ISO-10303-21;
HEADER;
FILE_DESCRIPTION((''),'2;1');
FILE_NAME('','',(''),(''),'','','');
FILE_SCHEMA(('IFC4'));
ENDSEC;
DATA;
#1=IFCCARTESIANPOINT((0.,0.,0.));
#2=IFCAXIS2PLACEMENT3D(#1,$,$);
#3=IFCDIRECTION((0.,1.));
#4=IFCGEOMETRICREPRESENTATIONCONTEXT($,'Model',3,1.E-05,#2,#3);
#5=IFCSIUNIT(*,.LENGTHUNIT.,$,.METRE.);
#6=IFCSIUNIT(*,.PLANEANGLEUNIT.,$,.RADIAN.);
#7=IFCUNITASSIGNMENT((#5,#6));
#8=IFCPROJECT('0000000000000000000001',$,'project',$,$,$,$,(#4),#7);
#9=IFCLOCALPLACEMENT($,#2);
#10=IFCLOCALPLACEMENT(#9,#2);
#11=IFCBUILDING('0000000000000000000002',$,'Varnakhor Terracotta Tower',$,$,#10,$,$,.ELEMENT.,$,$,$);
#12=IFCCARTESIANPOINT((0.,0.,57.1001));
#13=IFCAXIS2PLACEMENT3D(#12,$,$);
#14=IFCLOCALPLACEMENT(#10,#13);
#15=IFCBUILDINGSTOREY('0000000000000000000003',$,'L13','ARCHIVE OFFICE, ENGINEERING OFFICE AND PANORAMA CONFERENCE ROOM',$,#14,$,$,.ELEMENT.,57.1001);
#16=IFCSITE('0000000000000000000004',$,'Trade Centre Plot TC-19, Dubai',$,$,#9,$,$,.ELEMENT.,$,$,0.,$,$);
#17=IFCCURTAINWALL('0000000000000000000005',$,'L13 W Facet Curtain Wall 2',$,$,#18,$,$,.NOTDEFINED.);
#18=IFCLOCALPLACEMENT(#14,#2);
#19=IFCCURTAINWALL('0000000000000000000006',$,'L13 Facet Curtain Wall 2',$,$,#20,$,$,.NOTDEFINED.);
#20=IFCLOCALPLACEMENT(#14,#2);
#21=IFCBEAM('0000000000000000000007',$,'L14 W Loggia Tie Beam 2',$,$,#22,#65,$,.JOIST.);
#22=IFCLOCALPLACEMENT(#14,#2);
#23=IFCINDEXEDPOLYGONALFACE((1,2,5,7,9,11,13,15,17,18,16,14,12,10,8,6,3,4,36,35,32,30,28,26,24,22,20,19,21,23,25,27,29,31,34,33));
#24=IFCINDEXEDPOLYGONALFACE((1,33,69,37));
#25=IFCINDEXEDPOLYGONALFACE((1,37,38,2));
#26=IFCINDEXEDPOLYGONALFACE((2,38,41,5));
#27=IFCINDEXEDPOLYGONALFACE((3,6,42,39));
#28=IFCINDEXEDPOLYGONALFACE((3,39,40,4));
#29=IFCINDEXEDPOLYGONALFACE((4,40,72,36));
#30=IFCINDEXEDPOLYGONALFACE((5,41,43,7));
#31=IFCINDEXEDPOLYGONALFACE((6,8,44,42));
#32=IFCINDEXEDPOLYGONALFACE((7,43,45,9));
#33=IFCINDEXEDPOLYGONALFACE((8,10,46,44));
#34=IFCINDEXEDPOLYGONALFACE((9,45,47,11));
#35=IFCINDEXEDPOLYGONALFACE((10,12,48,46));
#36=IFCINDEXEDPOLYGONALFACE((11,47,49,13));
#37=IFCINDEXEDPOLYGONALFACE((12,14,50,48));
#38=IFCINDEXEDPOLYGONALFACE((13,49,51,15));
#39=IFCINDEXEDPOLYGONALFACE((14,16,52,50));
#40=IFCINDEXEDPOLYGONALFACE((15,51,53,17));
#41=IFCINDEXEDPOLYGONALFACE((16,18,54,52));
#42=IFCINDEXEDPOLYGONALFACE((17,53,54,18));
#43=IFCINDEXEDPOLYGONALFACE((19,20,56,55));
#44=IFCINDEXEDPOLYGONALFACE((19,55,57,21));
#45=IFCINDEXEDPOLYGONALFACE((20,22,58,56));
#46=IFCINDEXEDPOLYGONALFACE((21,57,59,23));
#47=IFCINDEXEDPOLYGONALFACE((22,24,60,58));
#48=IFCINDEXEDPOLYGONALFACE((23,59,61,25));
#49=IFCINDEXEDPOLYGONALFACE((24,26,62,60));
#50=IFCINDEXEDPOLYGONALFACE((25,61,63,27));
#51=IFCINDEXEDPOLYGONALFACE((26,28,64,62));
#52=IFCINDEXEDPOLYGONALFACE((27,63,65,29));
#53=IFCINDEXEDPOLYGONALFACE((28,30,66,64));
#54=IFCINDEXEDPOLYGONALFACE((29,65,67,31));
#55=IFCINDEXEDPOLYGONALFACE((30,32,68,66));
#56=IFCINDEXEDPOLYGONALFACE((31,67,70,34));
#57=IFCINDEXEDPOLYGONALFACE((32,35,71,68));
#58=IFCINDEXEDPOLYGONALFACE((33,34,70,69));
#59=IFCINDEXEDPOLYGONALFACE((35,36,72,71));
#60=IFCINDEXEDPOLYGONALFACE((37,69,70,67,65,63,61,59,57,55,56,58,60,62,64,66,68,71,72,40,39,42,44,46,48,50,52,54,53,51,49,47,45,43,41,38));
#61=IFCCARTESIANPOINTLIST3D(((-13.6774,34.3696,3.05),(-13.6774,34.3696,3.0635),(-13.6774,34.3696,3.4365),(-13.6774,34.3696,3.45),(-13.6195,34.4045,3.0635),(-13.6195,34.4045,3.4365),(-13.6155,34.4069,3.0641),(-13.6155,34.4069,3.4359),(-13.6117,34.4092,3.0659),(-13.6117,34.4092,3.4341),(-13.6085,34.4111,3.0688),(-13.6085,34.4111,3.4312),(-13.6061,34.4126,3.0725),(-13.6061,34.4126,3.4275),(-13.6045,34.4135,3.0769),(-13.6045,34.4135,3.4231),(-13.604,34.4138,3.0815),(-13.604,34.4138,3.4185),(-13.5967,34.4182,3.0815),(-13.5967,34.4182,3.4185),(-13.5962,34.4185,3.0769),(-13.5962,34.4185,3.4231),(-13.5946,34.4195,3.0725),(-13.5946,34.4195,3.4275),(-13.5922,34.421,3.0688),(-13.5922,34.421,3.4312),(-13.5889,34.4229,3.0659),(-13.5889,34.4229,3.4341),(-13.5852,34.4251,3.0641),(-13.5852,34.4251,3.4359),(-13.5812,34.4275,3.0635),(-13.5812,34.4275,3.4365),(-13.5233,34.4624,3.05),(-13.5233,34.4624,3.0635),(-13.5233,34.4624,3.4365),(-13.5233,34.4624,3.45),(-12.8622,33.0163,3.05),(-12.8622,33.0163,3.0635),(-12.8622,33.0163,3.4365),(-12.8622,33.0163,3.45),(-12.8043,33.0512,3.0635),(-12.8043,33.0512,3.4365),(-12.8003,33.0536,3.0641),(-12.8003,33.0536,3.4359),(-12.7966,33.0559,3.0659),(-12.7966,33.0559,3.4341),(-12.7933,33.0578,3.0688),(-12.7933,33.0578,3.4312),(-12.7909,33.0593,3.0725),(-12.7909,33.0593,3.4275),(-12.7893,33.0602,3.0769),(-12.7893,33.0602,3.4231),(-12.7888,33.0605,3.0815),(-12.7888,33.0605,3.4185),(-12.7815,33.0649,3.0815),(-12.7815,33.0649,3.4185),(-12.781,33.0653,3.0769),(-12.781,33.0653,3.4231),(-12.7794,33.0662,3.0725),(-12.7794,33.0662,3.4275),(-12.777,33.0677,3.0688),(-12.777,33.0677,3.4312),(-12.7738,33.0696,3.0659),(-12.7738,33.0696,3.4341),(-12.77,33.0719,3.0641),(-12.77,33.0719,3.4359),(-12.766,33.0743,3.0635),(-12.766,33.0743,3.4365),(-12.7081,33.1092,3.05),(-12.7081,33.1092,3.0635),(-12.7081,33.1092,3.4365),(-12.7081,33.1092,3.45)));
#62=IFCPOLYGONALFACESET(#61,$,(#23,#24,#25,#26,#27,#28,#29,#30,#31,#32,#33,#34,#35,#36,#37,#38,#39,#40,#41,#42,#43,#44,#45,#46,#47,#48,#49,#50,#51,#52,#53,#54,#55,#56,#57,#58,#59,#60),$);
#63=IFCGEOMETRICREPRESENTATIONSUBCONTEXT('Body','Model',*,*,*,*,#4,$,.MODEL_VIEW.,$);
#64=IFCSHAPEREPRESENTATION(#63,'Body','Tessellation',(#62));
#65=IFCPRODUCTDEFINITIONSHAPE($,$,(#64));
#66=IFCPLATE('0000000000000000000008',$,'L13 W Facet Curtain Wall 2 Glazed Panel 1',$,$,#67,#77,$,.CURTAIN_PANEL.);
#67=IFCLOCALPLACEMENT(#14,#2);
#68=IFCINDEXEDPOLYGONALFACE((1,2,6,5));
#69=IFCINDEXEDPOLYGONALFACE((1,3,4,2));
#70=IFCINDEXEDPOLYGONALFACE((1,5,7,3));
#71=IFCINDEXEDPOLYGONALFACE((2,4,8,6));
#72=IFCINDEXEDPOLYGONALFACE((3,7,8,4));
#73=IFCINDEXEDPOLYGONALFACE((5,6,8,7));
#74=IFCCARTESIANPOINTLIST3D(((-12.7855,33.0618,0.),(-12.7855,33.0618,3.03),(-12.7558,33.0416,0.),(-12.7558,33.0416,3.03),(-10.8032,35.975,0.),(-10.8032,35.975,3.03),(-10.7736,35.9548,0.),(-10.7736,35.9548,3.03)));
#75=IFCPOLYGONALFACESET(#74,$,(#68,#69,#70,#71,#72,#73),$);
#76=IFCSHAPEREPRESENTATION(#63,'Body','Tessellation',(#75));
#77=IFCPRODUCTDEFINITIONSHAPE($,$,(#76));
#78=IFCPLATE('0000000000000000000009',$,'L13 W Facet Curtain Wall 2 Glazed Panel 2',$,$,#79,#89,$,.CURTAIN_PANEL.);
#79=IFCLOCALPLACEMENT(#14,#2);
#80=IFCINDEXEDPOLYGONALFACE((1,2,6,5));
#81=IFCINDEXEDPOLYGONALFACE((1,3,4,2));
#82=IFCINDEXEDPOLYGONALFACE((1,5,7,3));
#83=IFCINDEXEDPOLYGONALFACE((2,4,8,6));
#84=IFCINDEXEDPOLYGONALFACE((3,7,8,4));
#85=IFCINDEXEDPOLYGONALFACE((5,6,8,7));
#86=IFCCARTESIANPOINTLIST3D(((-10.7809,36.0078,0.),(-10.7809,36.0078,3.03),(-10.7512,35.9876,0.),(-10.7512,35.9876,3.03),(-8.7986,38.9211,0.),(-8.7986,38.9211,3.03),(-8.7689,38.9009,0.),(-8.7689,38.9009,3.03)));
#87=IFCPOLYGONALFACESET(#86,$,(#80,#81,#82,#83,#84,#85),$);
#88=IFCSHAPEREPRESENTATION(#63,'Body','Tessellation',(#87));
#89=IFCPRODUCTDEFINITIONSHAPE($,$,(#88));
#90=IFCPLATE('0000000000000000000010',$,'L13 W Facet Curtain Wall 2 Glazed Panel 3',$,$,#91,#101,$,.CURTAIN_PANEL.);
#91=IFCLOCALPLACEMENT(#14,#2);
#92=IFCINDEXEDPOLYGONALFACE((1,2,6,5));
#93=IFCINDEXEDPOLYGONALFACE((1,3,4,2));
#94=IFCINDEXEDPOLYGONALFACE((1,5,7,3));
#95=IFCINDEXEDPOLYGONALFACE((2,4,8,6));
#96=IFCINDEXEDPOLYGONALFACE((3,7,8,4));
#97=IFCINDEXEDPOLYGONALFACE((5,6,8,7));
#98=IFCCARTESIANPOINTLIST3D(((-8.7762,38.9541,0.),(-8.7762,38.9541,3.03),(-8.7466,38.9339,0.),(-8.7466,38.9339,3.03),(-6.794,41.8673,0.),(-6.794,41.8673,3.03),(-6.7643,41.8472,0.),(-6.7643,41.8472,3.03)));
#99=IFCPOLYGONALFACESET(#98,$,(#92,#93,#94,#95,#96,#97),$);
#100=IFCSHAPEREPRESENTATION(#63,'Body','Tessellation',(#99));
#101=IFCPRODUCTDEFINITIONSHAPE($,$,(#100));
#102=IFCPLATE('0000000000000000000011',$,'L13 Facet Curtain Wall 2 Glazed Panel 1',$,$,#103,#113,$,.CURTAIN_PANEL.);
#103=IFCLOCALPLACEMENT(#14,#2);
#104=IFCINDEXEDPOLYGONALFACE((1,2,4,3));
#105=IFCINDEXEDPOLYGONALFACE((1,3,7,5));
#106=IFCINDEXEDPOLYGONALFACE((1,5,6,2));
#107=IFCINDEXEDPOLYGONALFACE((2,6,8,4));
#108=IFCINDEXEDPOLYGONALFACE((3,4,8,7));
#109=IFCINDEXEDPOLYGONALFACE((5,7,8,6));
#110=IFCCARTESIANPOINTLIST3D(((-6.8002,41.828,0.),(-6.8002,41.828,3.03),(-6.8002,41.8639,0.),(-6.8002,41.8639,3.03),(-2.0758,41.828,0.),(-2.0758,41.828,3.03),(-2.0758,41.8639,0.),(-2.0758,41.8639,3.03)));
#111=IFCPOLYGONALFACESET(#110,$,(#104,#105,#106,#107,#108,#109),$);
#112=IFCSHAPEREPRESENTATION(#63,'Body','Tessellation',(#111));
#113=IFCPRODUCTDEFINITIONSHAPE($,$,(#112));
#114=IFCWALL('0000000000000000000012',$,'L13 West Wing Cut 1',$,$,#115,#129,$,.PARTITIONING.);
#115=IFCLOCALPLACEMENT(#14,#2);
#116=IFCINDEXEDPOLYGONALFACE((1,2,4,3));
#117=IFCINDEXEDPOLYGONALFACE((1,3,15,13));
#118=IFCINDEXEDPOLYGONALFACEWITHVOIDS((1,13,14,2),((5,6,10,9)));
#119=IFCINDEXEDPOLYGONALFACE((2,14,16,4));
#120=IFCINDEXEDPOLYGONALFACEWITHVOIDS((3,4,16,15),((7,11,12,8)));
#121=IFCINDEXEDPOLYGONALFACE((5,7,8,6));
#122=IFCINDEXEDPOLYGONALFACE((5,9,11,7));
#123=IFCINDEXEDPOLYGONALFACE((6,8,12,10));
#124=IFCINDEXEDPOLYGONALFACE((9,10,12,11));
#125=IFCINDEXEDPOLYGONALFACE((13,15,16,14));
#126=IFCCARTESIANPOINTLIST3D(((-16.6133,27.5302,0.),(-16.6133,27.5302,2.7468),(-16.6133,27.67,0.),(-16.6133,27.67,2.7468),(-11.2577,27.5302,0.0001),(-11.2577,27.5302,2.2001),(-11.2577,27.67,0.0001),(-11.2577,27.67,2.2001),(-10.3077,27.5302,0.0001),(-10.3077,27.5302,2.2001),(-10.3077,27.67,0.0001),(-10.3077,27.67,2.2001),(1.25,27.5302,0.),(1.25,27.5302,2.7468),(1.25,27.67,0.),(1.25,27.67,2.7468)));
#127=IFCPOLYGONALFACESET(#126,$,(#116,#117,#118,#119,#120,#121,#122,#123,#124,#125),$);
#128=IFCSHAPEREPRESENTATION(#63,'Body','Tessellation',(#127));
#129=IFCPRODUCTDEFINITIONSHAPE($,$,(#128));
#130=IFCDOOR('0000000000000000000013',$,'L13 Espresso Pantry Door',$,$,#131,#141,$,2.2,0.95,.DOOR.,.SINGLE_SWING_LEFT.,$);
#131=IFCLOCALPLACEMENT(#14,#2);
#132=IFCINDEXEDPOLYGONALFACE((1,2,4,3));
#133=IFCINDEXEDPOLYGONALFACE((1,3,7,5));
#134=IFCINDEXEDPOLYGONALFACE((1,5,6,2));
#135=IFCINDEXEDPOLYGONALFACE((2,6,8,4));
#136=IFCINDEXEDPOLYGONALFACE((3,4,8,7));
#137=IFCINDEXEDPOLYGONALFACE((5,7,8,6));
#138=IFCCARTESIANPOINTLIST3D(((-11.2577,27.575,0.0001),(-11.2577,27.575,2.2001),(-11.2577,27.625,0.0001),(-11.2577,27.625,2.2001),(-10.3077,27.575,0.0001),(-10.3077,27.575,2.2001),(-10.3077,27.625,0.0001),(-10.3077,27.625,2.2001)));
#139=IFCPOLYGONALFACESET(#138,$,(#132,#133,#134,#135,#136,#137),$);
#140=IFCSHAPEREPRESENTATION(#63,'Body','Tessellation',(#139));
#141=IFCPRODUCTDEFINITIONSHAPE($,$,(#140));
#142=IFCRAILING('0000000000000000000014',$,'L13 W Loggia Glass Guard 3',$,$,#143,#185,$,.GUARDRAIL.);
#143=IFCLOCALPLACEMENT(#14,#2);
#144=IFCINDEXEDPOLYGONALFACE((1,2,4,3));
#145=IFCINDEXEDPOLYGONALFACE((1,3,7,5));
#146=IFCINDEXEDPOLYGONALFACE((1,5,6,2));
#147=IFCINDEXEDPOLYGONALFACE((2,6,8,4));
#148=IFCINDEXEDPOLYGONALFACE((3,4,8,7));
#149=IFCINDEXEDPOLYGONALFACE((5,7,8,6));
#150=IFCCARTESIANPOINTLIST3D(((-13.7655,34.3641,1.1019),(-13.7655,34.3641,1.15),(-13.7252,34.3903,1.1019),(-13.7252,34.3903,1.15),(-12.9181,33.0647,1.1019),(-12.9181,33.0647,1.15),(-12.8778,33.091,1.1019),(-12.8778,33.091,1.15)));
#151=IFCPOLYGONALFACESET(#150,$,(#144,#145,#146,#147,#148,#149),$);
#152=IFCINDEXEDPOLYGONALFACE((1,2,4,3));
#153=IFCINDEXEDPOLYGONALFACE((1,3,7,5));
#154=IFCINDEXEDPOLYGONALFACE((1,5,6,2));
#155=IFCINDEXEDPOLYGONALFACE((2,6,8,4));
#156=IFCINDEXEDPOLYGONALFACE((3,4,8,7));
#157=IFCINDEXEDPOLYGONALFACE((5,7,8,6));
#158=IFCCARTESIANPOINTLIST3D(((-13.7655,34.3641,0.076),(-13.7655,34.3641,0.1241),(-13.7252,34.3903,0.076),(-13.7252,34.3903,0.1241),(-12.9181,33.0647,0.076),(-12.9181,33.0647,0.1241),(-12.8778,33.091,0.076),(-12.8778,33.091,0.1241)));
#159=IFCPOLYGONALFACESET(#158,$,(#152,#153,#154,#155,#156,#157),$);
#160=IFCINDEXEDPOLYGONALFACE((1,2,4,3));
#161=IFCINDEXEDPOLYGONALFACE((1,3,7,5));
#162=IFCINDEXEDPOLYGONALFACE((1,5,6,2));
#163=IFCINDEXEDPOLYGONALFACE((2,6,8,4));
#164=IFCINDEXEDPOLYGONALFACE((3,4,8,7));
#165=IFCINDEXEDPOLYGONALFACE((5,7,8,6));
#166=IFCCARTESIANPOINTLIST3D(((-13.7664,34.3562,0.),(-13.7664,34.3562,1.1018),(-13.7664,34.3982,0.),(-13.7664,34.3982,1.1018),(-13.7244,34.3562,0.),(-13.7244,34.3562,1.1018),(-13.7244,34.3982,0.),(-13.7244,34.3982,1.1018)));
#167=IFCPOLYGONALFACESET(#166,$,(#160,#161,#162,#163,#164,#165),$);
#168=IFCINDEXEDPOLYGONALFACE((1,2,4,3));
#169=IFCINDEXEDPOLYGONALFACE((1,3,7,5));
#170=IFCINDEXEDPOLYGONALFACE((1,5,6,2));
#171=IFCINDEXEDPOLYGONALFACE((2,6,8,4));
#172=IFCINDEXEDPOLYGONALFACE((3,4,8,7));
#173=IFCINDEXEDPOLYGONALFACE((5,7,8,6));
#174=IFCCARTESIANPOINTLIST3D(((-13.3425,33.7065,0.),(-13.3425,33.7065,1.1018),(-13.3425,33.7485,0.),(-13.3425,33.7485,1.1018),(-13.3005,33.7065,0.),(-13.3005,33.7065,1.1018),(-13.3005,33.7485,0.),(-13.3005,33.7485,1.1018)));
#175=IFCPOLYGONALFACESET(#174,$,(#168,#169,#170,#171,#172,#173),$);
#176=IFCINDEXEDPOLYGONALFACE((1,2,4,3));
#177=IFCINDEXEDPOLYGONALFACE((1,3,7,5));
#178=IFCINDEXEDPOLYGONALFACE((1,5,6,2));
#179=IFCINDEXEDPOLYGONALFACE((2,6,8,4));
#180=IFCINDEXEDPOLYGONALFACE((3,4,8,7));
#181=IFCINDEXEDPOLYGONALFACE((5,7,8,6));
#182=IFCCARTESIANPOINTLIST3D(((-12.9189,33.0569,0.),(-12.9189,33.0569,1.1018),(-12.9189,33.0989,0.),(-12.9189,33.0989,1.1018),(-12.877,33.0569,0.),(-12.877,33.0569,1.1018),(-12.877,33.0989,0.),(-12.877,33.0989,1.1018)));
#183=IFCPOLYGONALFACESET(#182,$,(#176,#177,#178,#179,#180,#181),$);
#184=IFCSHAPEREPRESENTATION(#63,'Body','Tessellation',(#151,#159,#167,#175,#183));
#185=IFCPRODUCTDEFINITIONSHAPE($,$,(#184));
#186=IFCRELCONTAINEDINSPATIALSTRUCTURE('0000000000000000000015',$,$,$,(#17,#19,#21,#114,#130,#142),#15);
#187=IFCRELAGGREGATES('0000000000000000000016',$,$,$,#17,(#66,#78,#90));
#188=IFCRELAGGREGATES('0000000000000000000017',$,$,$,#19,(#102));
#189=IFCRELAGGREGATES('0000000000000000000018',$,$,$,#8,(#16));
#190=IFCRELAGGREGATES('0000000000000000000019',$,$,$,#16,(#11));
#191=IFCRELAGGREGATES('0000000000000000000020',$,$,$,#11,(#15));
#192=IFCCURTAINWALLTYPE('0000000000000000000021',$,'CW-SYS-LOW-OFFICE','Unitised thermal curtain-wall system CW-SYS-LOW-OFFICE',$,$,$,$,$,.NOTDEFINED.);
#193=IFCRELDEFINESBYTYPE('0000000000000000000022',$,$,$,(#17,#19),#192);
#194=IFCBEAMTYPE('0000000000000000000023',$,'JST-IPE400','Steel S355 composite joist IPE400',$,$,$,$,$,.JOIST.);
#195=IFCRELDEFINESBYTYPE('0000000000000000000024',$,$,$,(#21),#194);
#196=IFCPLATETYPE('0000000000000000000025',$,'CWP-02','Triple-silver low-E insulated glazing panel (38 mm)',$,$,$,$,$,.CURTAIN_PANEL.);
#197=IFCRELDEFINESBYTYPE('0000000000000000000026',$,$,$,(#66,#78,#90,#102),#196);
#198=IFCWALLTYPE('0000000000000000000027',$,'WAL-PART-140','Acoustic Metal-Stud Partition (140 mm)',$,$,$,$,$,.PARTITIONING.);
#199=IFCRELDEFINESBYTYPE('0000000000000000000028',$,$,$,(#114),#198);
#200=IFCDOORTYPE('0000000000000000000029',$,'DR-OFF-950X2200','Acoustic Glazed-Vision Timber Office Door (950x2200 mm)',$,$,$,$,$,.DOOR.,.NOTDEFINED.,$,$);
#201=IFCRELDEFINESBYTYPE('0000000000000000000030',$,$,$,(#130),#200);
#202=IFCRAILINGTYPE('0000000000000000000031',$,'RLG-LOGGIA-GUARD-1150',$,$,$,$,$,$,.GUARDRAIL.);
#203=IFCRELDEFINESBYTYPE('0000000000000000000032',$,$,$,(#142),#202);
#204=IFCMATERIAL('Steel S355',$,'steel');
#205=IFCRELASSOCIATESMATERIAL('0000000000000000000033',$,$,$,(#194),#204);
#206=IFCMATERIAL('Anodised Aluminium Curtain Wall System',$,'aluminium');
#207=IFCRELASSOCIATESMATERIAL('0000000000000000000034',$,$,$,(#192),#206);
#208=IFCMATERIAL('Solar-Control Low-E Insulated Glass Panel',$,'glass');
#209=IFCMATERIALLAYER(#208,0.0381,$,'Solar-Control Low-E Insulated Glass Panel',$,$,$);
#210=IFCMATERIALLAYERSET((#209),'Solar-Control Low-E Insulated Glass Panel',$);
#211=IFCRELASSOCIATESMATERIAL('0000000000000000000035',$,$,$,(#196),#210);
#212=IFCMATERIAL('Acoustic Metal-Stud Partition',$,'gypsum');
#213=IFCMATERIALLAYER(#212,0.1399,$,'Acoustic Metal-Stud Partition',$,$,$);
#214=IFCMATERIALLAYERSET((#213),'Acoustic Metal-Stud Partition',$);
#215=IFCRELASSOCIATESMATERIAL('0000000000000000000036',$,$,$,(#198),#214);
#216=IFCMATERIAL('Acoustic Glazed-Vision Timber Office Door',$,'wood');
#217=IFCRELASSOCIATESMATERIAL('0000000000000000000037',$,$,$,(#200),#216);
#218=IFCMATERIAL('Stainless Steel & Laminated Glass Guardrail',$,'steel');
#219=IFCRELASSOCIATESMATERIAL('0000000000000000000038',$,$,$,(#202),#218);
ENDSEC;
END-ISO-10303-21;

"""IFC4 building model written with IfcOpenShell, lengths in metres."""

from ifc_helpers import new_model, si_unit, direction, frame, frame_2d, origin, origin_2d, place, context, subcontext, project, spatial, rectangle, i_section, extrude, source, transform, mapped, material, layer, layer_set, material_profile, profile_set, type_object, type_shapes, element, fill, aggregate, save


model = new_model("IFC4")

# Units and contexts
model_context = context("Model", 3, precision=1e-05, world=origin(), true_north=direction((0.0, 1.0)))
body_context = subcontext(model_context, "Body", "Model", "MODEL_VIEW")
ifc_project = project(units=[si_unit("LENGTHUNIT", "METRE"), si_unit("PLANEANGLEUNIT", "RADIAN")], contexts=[model_context])

# Site, building, storey
site_placement = place(None, origin())
site = spatial("IfcSite", under=ifc_project, at=site_placement, Name="Trade Centre Plot TC-19, Dubai", CompositionType="ELEMENT", RefElevation=0.0)
building_placement = place(site_placement, origin())
building = spatial("IfcBuilding", under=site, at=building_placement, Name="Varnakhor Terracotta Tower", CompositionType="ELEMENT")
storey_placement = place(building_placement, frame((0.0, 0.0, 57.1001)))
storey = spatial("IfcBuildingStorey", under=building, at=storey_placement, Name="L13", Description="ARCHIVE OFFICE, ENGINEERING OFFICE AND PANORAMA CONFERENCE ROOM", CompositionType="ELEMENT", Elevation=57.1001)

# Shared definitions
ifc_material_1 = material(Name="Steel S355", Category="steel")
ifc_material_profile_1 = material_profile(ifc_material_1, i_section(OverallWidth=0.1799, OverallDepth=0.3999, WebThickness=0.0085, FlangeThickness=0.0134, FilletRadius=0.0181, at=origin_2d()), Name="IPE400")
ifc_profile_set_1 = profile_set([ifc_material_profile_1], Name="Steel S355")
beam_type_1 = type_object("IfcBeamType", Name="JST-IPE400", Description="Steel S355 composite joist IPE400", PredefinedType="JOIST", material=ifc_profile_set_1)

# Curtain walls
ifc_material_2 = material(Name="Anodised Aluminium Curtain Wall System", Category="aluminium")
curtain_wall_type = type_object("IfcCurtainWallType", Name="CW-SYS-LOW-OFFICE", Description="Unitised thermal curtain-wall system CW-SYS-LOW-OFFICE", PredefinedType="NOTDEFINED", material=ifc_material_2)
curtain_wall_1_placement = place(storey_placement, origin())
curtain_wall_1 = element("IfcCurtainWall", 1, at=curtain_wall_1_placement, inside=storey, type_object=curtain_wall_type, Name="L13 W Facet Curtain Wall 2", PredefinedType="NOTDEFINED")
curtain_wall_2_placement = place(storey_placement, origin())
curtain_wall_2 = element("IfcCurtainWall", 2, at=curtain_wall_2_placement, inside=storey, type_object=curtain_wall_type, Name="L13 Facet Curtain Wall 2", PredefinedType="NOTDEFINED")

# Beam
shared_shape_1 = source(origin(), body_context, "Body", "SweptSolid", [
    extrude(i_section(OverallWidth=0.1799, OverallDepth=0.3999, WebThickness=0.0085, FlangeThickness=0.0134, FilletRadius=0.0181, at=origin_2d()), origin(), (0.0, 0.0, 1.0), 1.5798),
])
beam_1_placement = place(storey_placement, frame((-12.7852, 33.0627, 3.25), z_axis=(-0.515995, 0.856592, 0.0), x_axis=(-0.856592, -0.515995, 0.0)))
element("IfcBeam", 3, at=beam_1_placement, inside=storey, type_object=beam_type_1, Name="L14 W Loggia Tie Beam 2", PredefinedType="JOIST", context=body_context, shape_type="MappedRepresentation", body=[
    mapped(shared_shape_1, transform((0.0, 0.0, 0.0), scale=1.0)),
])

# Plates
ifc_material_3 = material(Name="Solar-Control Low-E Insulated Glass Panel", Category="glass")
ifc_layer_1 = layer(ifc_material_3, 0.0381, Name="Solar-Control Low-E Insulated Glass Panel")
ifc_layer_set_1 = layer_set([ifc_layer_1], Name="Solar-Control Low-E Insulated Glass Panel")
plate_type = type_object("IfcPlateType", Name="CWP-02", Description="Triple-silver low-E insulated glazing panel (38 mm)", PredefinedType="CURTAIN_PANEL", material=ifc_layer_set_1)
shared_shape_2 = source(origin(), body_context, "Body", "SweptSolid", [
    extrude(rectangle(XDim=3.5237, YDim=0.0359, at=origin_2d()), origin(), (0.0, 0.0, 1.0), 3.03),
])
plate_1_placement = place(storey_placement, frame((-11.7795, 34.5083, 0.0), z_axis=(0.0, 0.0, 1.0), x_axis=(0.56256, 0.826757, 0.0)))
plate_1 = element("IfcPlate", 4, at=plate_1_placement, type_object=plate_type, Name="L13 W Facet Curtain Wall 2 Glazed Panel 1", PredefinedType="CURTAIN_PANEL", context=body_context, shape_type="MappedRepresentation", body=[
    mapped(shared_shape_2, transform((0.0, 0.0, 0.0), scale=1.0)),
])
plate_2_placement = place(storey_placement, frame((-9.7749, 37.4543, 0.0), z_axis=(0.0, 0.0, 1.0), x_axis=(0.56256, 0.826757, 0.0)))
plate_2 = element("IfcPlate", 5, at=plate_2_placement, type_object=plate_type, Name="L13 W Facet Curtain Wall 2 Glazed Panel 2", PredefinedType="CURTAIN_PANEL", context=body_context, shape_type="MappedRepresentation", body=[
    mapped(shared_shape_2, transform((0.0, 0.0, 0.0), scale=1.0)),
])
plate_3_placement = place(storey_placement, frame((-7.7703, 40.4006, 0.0), z_axis=(0.0, 0.0, 1.0), x_axis=(0.56256, 0.826757, 0.0)))
plate_3 = element("IfcPlate", 6, at=plate_3_placement, type_object=plate_type, Name="L13 W Facet Curtain Wall 2 Glazed Panel 3", PredefinedType="CURTAIN_PANEL", context=body_context, shape_type="MappedRepresentation", body=[
    mapped(shared_shape_2, transform((0.0, 0.0, 0.0), scale=1.0)),
])
aggregate(curtain_wall_1, [plate_1, plate_2, plate_3])
shared_shape_3 = source(origin(), body_context, "Body", "SweptSolid", [
    extrude(rectangle(XDim=4.7244, YDim=0.0359, at=origin_2d()), origin(), (0.0, 0.0, 1.0), 3.03),
])
plate_4_placement = place(storey_placement, frame((-4.438, 41.8459, 0.0), z_axis=(0.0, 0.0, 1.0), x_axis=(1.0, 0.0, 0.0)))
plate_4 = element("IfcPlate", 7, at=plate_4_placement, type_object=plate_type, Name="L13 Facet Curtain Wall 2 Glazed Panel 1", PredefinedType="CURTAIN_PANEL", context=body_context, shape_type="MappedRepresentation", body=[
    mapped(shared_shape_3, transform((0.0, 0.0, 0.0), scale=1.0)),
])
aggregate(curtain_wall_2, [plate_4])

# Wall, opening, door
ifc_material_4 = material(Name="Acoustic Metal-Stud Partition", Category="gypsum")
ifc_layer_2 = layer(ifc_material_4, 0.1399, Name="Acoustic Metal-Stud Partition")
ifc_layer_set_2 = layer_set([ifc_layer_2], Name="Acoustic Metal-Stud Partition")
wall_type = type_object("IfcWallType", Name="WAL-PART-140", Description="Acoustic Metal-Stud Partition (140 mm)", PredefinedType="PARTITIONING", material=ifc_layer_set_2)
wall_placement = place(storey_placement, frame((-16.6133, 27.6001, 0.0), z_axis=(0.0, 0.0, 1.0), x_axis=(1.0, 0.0, 0.0)))
wall = element("IfcWall", 8, at=wall_placement, inside=storey, type_object=wall_type, Name="L13 West Wing Cut 1", PredefinedType="PARTITIONING", context=body_context, shape_type="SweptSolid", body=[
    extrude(rectangle(XDim=17.8633, YDim=0.1399, at=frame_2d((8.9316, 0.0))), origin(), (0.0, 0.0, 1.0), 2.7468),
])
opening_placement = place(wall_placement, frame((5.3555, 0.0, 0.0)))
opening = element("IfcOpeningElement", 9, at=opening_placement, cuts=wall, PredefinedType="OPENING", context=body_context, shape_type="SweptSolid", body=[
    extrude(rectangle(XDim=0.95, YDim=2.2, at=frame_2d((0.4751, 1.1001))), frame((0.0, 0.0801, 0.0), z_axis=(0.0, -1.0, 0.0), x_axis=(1.0, 0.0, 0.0)), (0.0, 0.0, 1.0), 0.1599),
])
ifc_material_5 = material(Name="Acoustic Glazed-Vision Timber Office Door", Category="wood")
door_type = type_object("IfcDoorType", Name="DR-OFF-950X2200", Description="Acoustic Glazed-Vision Timber Office Door (950x2200 mm)", OperationType="NOTDEFINED", PredefinedType="DOOR", material=ifc_material_5)
shared_shape_4 = source(origin(), body_context, "Body", "SweptSolid", [
    extrude(rectangle(XDim=0.95, YDim=2.2, at=frame_2d((0.4751, 1.1001))), frame((0.0, 0.0249, 0.0), z_axis=(0.0, -1.0, 0.0), x_axis=(1.0, 0.0, 0.0)), (0.0, 0.0, 1.0), 0.05),
])
type_shapes(door_type, [shared_shape_4])
door_placement = place(opening_placement, origin())
door = element("IfcDoor", 10, at=door_placement, inside=storey, type_object=door_type, Name="L13 Espresso Pantry Door", OperationType="SINGLE_SWING_LEFT", OverallHeight=2.2, OverallWidth=0.95, PredefinedType="DOOR", context=body_context, shape_type="MappedRepresentation", body=[
    mapped(shared_shape_4, transform((0.0, 0.0, 0.0), scale=1.0)),
])
fill(opening, door)

# Railing
ifc_material_6 = material(Name="Stainless Steel & Laminated Glass Guardrail", Category="steel")
railing_type = type_object("IfcRailingType", Name="RLG-LOGGIA-GUARD-1150", PredefinedType="GUARDRAIL", material=ifc_material_6)
railing_placement = place(storey_placement, frame((-13.7454, 34.3772, 0.0)))
element("IfcRailing", 11, at=railing_placement, inside=storey, type_object=railing_type, Name="L13 W Loggia Glass Guard 3", PredefinedType="GUARDRAIL", context=body_context, shape_type="SweptSolid", body=[
    extrude(rectangle(XDim=0.0481, YDim=0.0481, at=origin_2d()), frame((0.0, 0.0, 1.126), z_axis=(0.546282, -0.837601, 0.0), x_axis=(0.837601, 0.546282, 0.0)), (0.0, 0.0, 1.0), 1.5513),
    extrude(rectangle(XDim=0.0481, YDim=0.0481, at=origin_2d()), frame((0.0, 0.0, 0.1001), z_axis=(0.546282, -0.837601, 0.0), x_axis=(0.837601, 0.546282, 0.0)), (0.0, 0.0, 1.0), 1.5513),
    extrude(rectangle(XDim=0.042, YDim=0.042, at=origin_2d()), origin(), (0.0, 0.0, 1.0), 1.1018),
    extrude(rectangle(XDim=0.042, YDim=0.042, at=origin_2d()), frame((0.4238, -0.6497, 0.0)), (0.0, 0.0, 1.0), 1.1018),
    extrude(rectangle(XDim=0.042, YDim=0.042, at=origin_2d()), frame((0.8474, -1.2993, 0.0)), (0.0, 0.0, 1.0), 1.1018),
])

save(model, "model.ifc")
